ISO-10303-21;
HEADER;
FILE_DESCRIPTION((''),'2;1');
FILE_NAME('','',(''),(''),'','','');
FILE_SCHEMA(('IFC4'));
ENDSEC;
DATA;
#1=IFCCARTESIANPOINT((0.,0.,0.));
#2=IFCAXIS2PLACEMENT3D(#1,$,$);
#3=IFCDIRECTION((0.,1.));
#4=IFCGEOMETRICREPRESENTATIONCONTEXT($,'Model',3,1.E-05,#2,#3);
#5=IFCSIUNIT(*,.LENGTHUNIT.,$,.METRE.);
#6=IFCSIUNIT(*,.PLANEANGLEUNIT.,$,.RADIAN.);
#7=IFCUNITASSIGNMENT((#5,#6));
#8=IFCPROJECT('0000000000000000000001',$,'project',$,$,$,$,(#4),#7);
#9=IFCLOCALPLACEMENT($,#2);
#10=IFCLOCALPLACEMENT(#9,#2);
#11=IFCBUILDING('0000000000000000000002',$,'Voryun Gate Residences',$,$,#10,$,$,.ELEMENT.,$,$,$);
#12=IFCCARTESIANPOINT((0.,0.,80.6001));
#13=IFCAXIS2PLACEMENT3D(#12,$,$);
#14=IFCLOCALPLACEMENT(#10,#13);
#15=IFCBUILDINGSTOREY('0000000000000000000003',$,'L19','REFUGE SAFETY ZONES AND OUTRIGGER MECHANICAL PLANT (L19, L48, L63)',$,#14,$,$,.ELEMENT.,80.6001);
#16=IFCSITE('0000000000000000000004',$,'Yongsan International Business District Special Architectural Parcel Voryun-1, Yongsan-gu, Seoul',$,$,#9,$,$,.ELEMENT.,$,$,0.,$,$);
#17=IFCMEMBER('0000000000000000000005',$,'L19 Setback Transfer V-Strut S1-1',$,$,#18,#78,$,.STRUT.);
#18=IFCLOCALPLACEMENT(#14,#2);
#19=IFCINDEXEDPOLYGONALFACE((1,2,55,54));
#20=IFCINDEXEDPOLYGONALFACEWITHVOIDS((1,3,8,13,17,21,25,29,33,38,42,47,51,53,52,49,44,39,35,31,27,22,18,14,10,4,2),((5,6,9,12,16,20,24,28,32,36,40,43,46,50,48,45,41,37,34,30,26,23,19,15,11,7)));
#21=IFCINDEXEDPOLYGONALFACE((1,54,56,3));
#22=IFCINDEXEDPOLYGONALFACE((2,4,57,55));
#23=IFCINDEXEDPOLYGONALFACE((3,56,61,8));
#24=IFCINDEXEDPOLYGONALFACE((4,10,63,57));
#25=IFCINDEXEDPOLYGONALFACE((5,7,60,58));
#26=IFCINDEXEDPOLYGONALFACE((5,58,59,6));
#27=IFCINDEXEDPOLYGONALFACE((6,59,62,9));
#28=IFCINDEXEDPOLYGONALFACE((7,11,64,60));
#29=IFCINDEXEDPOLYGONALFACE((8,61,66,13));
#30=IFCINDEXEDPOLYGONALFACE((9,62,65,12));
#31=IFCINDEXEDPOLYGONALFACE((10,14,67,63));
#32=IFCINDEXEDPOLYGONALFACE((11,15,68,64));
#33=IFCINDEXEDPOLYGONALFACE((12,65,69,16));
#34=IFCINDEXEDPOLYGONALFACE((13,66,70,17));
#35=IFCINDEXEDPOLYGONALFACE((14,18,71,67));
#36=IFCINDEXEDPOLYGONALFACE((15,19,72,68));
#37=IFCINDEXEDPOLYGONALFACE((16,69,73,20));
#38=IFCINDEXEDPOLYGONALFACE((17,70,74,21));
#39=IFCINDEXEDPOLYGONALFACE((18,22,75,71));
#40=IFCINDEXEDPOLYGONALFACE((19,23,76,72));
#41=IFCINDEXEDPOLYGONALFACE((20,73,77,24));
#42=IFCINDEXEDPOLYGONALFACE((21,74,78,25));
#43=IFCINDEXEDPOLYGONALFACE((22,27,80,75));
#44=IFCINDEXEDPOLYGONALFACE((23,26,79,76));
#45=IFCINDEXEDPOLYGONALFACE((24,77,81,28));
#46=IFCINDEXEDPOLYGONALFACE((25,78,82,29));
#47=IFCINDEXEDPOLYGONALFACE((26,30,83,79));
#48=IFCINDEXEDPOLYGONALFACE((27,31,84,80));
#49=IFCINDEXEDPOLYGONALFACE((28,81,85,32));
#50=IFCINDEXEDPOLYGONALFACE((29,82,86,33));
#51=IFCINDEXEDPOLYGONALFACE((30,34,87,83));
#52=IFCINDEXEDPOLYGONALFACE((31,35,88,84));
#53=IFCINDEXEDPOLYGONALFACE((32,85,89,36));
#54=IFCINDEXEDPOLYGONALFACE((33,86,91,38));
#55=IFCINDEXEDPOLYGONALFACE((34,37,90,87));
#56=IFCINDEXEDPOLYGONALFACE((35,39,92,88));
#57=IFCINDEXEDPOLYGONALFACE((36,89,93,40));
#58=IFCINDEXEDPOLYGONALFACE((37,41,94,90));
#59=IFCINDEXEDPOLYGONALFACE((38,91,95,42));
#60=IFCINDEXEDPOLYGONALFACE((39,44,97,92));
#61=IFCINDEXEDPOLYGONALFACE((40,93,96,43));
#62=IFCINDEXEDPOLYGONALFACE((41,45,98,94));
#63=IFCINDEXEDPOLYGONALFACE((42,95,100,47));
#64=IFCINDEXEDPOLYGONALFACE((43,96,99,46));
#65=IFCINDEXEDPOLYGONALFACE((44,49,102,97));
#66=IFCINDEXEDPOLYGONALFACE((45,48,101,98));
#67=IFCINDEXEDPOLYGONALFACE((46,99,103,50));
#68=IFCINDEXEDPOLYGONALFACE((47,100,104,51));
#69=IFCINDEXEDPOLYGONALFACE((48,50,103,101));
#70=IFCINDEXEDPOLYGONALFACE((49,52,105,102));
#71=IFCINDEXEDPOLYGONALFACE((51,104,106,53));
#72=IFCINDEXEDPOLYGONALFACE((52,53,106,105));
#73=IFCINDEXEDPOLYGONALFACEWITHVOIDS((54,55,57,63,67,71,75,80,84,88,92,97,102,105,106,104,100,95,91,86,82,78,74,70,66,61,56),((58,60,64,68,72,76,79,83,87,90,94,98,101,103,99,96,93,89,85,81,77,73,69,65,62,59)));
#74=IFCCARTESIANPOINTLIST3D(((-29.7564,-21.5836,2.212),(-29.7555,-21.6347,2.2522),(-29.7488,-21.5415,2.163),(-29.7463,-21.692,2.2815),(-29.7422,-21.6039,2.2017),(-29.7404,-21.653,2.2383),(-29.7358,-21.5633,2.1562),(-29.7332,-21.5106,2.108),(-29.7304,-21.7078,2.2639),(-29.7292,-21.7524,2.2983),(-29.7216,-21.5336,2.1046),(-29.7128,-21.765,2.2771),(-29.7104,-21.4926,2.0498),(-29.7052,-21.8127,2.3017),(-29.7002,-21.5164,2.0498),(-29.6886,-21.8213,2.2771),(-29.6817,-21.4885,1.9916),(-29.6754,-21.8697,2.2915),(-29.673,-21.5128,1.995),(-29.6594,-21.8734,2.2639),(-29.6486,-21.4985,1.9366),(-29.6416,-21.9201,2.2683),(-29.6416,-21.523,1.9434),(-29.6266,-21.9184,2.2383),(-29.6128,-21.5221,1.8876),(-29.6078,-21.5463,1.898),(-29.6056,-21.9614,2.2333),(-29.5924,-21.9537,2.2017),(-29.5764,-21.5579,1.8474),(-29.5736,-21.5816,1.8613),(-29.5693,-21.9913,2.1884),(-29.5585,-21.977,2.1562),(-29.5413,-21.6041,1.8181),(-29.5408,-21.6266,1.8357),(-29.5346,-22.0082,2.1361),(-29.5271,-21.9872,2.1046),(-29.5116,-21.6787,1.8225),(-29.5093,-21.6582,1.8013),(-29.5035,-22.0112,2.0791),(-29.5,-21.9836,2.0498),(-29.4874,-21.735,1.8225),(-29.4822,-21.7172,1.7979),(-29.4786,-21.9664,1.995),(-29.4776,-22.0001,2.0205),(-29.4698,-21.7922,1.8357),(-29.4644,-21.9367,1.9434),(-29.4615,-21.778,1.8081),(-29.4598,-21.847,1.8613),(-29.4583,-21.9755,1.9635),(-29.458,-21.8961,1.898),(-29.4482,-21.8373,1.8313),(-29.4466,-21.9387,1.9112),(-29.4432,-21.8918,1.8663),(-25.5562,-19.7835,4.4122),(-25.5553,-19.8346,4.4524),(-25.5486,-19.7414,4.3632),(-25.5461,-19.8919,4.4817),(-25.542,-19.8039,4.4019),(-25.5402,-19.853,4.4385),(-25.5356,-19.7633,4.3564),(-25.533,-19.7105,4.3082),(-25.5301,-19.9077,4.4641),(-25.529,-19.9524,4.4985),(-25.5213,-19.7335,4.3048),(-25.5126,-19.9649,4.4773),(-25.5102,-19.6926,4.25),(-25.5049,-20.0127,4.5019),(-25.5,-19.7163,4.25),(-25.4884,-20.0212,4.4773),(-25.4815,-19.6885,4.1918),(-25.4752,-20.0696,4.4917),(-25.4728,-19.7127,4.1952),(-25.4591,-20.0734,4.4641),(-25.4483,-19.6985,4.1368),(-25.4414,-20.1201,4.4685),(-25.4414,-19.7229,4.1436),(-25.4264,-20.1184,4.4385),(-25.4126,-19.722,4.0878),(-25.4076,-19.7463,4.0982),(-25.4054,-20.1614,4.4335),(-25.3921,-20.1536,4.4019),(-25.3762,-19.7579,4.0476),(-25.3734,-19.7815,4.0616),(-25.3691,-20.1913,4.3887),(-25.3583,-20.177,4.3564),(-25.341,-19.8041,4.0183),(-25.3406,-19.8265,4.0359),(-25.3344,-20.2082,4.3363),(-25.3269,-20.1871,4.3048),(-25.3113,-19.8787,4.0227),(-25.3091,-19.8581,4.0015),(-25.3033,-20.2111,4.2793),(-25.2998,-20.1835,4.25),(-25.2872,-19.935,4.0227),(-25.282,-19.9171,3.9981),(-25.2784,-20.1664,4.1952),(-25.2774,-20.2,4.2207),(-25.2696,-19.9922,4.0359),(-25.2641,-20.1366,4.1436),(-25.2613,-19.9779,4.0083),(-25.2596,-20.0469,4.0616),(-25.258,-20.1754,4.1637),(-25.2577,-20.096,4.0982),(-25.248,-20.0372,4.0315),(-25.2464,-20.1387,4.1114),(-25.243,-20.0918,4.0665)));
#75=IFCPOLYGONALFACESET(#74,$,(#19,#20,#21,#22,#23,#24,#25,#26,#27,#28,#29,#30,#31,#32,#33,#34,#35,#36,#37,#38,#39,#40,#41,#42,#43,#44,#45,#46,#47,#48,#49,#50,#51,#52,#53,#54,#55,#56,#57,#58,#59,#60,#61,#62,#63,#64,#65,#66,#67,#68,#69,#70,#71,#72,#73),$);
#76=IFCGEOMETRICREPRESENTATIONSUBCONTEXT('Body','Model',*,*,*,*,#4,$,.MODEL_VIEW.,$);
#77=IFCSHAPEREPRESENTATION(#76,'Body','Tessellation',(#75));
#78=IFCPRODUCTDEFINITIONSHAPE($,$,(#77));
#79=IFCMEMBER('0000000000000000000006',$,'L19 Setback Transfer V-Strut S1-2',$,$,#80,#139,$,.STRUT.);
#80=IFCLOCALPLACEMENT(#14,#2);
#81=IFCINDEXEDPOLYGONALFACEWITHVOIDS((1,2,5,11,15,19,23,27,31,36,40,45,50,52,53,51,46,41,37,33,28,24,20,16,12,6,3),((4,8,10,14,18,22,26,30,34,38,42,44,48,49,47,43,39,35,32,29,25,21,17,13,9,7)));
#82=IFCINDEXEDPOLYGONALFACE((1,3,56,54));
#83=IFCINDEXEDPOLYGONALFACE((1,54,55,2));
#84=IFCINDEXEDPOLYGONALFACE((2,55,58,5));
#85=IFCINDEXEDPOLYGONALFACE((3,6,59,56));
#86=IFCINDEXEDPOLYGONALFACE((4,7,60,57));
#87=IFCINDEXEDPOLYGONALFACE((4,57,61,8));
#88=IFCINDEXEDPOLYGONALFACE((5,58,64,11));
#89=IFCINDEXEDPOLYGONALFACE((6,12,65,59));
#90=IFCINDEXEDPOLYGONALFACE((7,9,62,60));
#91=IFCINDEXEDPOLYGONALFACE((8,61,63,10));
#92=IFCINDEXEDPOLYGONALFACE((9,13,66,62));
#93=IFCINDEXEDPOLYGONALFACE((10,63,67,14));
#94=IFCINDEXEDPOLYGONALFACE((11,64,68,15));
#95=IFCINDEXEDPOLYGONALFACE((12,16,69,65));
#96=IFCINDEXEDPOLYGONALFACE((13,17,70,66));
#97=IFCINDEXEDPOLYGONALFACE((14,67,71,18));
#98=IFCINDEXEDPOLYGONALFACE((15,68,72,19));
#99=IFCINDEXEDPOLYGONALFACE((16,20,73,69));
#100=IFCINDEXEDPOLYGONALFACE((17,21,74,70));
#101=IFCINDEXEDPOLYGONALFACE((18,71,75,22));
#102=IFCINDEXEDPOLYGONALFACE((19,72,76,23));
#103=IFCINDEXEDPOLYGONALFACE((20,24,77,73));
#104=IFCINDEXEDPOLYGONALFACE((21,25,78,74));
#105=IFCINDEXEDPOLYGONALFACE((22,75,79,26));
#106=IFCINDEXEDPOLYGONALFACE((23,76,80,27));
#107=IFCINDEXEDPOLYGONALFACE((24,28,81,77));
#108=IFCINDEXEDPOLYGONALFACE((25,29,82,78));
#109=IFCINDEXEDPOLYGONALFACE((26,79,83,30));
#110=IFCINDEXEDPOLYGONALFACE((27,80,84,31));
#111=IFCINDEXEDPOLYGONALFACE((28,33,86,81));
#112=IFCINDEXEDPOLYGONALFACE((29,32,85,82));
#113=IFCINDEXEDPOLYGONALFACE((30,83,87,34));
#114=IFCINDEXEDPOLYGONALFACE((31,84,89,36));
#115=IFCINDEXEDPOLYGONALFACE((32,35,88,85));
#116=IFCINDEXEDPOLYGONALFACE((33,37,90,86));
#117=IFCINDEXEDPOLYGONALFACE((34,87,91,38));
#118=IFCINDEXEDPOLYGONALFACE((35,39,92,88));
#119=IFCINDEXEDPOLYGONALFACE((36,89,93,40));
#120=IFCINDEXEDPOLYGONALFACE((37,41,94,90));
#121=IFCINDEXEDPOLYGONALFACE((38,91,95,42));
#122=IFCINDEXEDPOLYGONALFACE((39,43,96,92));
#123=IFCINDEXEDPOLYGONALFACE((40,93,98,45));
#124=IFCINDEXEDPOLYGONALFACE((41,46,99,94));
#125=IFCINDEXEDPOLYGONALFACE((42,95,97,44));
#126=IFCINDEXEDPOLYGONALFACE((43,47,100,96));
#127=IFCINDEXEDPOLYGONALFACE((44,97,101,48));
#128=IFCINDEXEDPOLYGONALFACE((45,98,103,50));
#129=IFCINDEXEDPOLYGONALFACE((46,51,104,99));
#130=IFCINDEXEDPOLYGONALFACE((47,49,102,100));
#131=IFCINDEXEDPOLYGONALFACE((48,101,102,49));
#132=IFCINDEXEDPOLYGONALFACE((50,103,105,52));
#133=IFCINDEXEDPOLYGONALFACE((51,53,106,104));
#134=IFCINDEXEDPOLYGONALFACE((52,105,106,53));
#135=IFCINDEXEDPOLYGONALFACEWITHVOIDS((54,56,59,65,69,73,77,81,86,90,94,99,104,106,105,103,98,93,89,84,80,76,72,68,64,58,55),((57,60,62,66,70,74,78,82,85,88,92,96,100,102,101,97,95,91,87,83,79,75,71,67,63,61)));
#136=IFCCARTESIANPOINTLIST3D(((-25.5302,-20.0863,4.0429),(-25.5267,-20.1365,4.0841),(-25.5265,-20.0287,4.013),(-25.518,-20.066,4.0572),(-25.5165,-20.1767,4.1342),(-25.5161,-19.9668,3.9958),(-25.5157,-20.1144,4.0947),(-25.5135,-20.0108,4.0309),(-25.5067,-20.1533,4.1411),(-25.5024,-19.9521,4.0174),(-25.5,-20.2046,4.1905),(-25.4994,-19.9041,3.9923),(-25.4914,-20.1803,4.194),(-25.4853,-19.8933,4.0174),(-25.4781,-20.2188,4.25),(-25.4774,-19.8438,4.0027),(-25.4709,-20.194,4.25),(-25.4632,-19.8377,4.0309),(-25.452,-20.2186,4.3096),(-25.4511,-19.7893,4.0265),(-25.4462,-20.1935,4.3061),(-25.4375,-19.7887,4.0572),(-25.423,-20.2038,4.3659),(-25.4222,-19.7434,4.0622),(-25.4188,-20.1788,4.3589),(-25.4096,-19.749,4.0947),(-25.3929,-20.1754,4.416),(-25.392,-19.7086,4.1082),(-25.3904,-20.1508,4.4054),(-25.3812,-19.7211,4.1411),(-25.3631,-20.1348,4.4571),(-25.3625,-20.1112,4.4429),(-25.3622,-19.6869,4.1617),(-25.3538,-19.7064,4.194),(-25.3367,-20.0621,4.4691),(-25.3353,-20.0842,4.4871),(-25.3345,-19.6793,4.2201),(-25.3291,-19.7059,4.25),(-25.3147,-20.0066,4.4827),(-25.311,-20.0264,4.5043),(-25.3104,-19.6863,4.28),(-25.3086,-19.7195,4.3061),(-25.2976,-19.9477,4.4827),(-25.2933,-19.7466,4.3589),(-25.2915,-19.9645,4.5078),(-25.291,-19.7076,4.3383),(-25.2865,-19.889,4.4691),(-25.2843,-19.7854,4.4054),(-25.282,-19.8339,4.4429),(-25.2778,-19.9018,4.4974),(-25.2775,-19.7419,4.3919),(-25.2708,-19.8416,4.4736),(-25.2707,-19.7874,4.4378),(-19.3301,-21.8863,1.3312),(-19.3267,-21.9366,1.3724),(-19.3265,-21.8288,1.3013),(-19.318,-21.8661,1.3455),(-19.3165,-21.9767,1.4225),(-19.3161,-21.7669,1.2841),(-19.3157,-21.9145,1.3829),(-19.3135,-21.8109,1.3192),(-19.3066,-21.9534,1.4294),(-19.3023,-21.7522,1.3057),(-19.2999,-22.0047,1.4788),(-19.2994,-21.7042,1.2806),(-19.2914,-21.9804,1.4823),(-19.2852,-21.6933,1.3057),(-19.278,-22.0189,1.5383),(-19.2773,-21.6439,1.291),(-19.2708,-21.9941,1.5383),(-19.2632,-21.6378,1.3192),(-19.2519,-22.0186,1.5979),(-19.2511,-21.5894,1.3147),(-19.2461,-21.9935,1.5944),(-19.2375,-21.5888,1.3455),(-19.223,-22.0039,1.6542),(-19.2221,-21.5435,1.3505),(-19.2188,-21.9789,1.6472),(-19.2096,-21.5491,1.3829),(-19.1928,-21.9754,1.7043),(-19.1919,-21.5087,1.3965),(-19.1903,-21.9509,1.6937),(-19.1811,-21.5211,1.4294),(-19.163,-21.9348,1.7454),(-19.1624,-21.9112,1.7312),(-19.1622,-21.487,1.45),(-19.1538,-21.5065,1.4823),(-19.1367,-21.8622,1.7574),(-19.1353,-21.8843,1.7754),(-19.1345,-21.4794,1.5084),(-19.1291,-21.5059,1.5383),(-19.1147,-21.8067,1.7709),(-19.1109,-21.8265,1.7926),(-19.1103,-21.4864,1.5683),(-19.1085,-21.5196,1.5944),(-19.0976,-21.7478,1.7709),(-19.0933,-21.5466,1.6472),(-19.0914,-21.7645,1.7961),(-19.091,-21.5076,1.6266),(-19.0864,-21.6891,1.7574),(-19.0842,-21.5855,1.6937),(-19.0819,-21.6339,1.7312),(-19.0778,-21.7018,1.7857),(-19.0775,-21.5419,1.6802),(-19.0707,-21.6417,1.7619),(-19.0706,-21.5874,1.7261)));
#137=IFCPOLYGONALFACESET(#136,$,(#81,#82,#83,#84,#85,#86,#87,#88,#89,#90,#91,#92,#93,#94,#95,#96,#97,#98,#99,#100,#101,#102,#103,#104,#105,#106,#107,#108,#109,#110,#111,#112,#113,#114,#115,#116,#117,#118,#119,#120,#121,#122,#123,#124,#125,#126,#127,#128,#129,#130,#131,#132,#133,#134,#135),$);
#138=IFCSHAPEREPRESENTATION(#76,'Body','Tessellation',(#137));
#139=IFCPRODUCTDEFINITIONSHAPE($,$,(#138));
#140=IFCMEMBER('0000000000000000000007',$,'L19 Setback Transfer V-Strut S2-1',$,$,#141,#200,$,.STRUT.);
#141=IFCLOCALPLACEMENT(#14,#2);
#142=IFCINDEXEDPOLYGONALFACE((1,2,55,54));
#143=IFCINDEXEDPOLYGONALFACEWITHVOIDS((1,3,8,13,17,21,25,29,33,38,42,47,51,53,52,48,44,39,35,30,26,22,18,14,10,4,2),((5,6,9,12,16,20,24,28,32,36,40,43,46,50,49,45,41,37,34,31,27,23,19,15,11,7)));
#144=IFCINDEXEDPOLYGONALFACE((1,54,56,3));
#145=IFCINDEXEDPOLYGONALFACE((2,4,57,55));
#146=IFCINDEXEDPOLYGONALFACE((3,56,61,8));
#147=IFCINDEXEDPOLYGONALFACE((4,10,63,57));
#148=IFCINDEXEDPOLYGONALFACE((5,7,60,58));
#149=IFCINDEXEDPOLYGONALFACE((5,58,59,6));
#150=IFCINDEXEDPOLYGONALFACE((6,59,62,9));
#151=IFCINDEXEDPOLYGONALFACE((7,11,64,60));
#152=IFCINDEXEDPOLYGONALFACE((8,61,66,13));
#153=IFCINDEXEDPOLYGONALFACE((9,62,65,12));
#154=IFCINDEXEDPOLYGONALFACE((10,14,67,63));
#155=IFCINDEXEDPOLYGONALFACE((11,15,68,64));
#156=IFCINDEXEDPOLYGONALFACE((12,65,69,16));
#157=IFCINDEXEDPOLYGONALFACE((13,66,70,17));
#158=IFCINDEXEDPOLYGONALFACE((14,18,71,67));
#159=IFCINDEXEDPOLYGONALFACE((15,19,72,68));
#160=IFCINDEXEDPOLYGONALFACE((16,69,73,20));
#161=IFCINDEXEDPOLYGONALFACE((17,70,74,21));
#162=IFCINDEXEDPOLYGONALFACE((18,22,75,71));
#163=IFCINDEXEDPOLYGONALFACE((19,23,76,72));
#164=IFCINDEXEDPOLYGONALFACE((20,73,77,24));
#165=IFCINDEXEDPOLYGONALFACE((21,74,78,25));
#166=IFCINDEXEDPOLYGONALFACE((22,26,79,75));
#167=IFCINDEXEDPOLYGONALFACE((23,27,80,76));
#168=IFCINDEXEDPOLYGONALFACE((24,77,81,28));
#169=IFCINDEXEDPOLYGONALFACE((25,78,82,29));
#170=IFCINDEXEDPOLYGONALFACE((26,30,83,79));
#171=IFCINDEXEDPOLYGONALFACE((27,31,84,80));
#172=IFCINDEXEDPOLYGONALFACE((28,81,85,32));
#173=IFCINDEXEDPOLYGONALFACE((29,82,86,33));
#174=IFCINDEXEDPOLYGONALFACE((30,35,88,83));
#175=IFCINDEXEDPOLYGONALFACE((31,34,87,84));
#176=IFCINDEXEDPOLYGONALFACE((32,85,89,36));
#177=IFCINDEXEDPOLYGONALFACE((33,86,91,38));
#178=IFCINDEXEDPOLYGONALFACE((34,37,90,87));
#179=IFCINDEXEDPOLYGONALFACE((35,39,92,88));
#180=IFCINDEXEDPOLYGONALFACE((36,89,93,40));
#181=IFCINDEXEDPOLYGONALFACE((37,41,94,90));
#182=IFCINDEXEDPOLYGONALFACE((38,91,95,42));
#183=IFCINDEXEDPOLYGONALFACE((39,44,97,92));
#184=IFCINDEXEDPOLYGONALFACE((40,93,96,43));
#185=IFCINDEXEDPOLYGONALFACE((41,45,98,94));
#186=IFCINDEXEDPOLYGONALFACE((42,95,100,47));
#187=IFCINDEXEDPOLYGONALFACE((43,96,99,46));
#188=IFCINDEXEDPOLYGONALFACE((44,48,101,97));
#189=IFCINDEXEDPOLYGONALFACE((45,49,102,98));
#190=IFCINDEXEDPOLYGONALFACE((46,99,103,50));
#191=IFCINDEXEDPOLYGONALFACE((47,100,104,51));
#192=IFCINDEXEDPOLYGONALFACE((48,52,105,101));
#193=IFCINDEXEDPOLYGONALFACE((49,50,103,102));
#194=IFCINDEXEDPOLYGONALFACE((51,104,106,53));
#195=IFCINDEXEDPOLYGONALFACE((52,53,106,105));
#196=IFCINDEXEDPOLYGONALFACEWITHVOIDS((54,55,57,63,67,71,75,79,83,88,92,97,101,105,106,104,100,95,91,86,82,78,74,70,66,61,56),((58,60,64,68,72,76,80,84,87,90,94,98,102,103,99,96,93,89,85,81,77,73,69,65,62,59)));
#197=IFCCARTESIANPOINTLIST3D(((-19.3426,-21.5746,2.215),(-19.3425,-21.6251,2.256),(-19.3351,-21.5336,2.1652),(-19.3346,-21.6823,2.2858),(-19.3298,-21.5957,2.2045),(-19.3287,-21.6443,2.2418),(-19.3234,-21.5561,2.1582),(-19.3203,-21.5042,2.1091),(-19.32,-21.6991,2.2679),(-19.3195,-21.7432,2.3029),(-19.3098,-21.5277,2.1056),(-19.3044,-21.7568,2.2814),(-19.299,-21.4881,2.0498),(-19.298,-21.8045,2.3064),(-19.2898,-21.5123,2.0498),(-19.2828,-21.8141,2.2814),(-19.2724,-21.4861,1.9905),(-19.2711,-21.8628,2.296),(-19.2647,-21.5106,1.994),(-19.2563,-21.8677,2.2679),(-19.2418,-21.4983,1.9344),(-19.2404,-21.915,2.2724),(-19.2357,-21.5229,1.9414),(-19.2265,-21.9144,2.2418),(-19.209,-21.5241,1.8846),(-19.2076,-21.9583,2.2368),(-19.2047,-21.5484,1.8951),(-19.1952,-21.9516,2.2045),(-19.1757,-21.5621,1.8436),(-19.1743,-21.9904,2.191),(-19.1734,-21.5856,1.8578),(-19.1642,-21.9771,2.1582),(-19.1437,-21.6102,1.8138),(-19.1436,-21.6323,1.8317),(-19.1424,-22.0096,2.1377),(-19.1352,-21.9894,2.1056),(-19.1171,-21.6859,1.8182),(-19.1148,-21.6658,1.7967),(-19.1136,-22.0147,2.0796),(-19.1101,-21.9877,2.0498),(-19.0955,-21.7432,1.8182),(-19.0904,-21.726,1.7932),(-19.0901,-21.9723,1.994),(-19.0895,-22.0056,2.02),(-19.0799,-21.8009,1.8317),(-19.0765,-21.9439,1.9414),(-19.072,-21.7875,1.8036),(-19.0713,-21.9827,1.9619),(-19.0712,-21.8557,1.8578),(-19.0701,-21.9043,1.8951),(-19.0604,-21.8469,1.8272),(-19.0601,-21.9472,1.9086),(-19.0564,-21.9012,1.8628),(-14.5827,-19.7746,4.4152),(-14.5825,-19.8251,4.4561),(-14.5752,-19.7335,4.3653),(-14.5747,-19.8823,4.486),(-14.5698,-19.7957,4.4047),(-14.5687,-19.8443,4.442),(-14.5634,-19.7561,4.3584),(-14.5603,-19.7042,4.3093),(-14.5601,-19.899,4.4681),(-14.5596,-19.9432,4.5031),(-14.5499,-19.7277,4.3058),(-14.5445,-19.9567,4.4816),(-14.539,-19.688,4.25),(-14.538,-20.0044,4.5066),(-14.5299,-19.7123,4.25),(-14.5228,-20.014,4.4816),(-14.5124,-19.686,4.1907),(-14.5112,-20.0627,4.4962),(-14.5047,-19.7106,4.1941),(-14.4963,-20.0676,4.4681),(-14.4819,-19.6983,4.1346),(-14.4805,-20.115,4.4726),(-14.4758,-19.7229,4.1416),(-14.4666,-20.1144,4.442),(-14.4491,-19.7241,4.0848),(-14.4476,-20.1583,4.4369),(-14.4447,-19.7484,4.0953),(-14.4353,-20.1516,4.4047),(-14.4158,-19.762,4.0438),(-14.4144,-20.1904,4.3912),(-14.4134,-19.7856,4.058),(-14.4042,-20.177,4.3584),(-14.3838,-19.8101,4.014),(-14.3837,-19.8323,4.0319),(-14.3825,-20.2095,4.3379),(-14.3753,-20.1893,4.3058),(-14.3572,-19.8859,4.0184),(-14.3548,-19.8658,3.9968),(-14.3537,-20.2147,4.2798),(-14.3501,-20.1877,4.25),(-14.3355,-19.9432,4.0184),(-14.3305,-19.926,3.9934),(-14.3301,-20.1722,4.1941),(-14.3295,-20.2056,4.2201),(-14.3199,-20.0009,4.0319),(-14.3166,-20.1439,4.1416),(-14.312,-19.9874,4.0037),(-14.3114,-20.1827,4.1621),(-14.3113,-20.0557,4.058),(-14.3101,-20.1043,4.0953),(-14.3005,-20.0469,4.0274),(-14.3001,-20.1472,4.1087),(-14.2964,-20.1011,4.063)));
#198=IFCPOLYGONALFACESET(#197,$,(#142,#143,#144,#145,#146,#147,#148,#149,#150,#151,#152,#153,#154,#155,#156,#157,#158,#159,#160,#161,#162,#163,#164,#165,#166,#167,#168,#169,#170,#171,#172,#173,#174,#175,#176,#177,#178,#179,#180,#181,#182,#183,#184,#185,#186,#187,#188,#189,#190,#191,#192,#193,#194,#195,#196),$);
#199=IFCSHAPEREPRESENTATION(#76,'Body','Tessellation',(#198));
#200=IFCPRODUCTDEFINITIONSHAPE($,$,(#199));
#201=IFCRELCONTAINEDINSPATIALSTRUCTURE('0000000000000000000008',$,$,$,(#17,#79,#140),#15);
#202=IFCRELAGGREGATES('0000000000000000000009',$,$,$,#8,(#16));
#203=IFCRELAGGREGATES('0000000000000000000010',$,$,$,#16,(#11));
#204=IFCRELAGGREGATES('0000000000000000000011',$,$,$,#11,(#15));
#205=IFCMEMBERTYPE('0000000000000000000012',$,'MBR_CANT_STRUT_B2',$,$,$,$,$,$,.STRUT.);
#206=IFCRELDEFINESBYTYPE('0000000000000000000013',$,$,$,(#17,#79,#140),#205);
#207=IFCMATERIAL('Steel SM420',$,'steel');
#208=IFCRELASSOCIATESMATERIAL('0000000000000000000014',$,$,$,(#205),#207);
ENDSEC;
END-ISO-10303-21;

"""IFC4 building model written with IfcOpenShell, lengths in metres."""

from ifc_helpers import new_model, si_unit, direction, frame, origin, origin_2d, place, context, subcontext, project, spatial, hollow_circle, extrude, material, material_profile, profile_set, type_object, element, save


model = new_model("IFC4")

# Units and contexts
model_context = context("Model", 3, precision=1e-05, world=origin(), true_north=direction((0.0, 1.0)))
body_context = subcontext(model_context, "Body", "Model", "MODEL_VIEW")
ifc_project = project(units=[si_unit("LENGTHUNIT", "METRE"), si_unit("PLANEANGLEUNIT", "RADIAN")], contexts=[model_context])

# Site, building, storey
site_placement = place(None, origin())
site = spatial("IfcSite", under=ifc_project, at=site_placement, Name="Yongsan International Business District Special Architectural Parcel Voryun-1, Yongsan-gu, Seoul", CompositionType="ELEMENT", RefElevation=0.0)
building_placement = place(site_placement, origin())
building = spatial("IfcBuilding", under=site, at=building_placement, Name="Voryun Gate Residences", CompositionType="ELEMENT")
storey_placement = place(building_placement, frame((0.0, 0.0, 80.6001)))
storey = spatial("IfcBuildingStorey", under=building, at=storey_placement, Name="L19", Description="REFUGE SAFETY ZONES AND OUTRIGGER MECHANICAL PLANT (L19, L48, L63)", CompositionType="ELEMENT", Elevation=80.6001)

# Members
ifc_material_1 = material(Name="Steel SM420", Category="steel")
ifc_material_profile_1 = material_profile(ifc_material_1, hollow_circle(Radius=0.28, WallThickness=0.0259, at=origin_2d()), Name="CHS-560x26")
ifc_profile_set_1 = profile_set([ifc_material_profile_1], Name="Steel SM420")
member_type = type_object("IfcMemberType", Name="MBR_CANT_STRUT_B2", PredefinedType="STRUT", material=ifc_profile_set_1)
member_1_placement = place(storey_placement, frame((-29.6001, -21.75, 2.0498), z_axis=(0.828155, 0.354917, 0.433814), x_axis=(-0.393913, 0.919148, 0.0)))
element("IfcMember", 1, at=member_1_placement, inside=storey, type_object=member_type, Name="L19 Setback Transfer V-Strut S1-1", PredefinedType="STRUT", context=body_context, shape_type="SweptSolid", body=[
    extrude(hollow_circle(Radius=0.28, WallThickness=0.0259, at=origin_2d()), origin(), (0.0, 0.0, 1.0), 5.0718),
])
member_2_placement = place(storey_placement, frame((-19.2, -21.75, 1.5383), z_axis=(-0.885412, 0.257064, 0.387252), x_axis=(-0.278819, -0.960344, 0.0)))
element("IfcMember", 2, at=member_2_placement, inside=storey, type_object=member_type, Name="L19 Setback Transfer V-Strut S1-2", PredefinedType="STRUT", context=body_context, shape_type="SweptSolid", body=[
    extrude(hollow_circle(Radius=0.28, WallThickness=0.0259, at=origin_2d()), origin(), (0.0, 0.0, 1.0), 7.0024),
])
member_3_placement = place(storey_placement, frame((-19.2, -21.75, 2.0498), z_axis=(0.858549, 0.324669, 0.396843), x_axis=(-0.353714, 0.935354, 0.0)))
element("IfcMember", 3, at=member_3_placement, inside=storey, type_object=member_type, Name="L19 Setback Transfer V-Strut S2-1", PredefinedType="STRUT", context=body_context, shape_type="SweptSolid", body=[
    extrude(hollow_circle(Radius=0.28, WallThickness=0.0259, at=origin_2d()), origin(), (0.0, 0.0, 1.0), 5.5442),
])

save(model, "model.ifc")
